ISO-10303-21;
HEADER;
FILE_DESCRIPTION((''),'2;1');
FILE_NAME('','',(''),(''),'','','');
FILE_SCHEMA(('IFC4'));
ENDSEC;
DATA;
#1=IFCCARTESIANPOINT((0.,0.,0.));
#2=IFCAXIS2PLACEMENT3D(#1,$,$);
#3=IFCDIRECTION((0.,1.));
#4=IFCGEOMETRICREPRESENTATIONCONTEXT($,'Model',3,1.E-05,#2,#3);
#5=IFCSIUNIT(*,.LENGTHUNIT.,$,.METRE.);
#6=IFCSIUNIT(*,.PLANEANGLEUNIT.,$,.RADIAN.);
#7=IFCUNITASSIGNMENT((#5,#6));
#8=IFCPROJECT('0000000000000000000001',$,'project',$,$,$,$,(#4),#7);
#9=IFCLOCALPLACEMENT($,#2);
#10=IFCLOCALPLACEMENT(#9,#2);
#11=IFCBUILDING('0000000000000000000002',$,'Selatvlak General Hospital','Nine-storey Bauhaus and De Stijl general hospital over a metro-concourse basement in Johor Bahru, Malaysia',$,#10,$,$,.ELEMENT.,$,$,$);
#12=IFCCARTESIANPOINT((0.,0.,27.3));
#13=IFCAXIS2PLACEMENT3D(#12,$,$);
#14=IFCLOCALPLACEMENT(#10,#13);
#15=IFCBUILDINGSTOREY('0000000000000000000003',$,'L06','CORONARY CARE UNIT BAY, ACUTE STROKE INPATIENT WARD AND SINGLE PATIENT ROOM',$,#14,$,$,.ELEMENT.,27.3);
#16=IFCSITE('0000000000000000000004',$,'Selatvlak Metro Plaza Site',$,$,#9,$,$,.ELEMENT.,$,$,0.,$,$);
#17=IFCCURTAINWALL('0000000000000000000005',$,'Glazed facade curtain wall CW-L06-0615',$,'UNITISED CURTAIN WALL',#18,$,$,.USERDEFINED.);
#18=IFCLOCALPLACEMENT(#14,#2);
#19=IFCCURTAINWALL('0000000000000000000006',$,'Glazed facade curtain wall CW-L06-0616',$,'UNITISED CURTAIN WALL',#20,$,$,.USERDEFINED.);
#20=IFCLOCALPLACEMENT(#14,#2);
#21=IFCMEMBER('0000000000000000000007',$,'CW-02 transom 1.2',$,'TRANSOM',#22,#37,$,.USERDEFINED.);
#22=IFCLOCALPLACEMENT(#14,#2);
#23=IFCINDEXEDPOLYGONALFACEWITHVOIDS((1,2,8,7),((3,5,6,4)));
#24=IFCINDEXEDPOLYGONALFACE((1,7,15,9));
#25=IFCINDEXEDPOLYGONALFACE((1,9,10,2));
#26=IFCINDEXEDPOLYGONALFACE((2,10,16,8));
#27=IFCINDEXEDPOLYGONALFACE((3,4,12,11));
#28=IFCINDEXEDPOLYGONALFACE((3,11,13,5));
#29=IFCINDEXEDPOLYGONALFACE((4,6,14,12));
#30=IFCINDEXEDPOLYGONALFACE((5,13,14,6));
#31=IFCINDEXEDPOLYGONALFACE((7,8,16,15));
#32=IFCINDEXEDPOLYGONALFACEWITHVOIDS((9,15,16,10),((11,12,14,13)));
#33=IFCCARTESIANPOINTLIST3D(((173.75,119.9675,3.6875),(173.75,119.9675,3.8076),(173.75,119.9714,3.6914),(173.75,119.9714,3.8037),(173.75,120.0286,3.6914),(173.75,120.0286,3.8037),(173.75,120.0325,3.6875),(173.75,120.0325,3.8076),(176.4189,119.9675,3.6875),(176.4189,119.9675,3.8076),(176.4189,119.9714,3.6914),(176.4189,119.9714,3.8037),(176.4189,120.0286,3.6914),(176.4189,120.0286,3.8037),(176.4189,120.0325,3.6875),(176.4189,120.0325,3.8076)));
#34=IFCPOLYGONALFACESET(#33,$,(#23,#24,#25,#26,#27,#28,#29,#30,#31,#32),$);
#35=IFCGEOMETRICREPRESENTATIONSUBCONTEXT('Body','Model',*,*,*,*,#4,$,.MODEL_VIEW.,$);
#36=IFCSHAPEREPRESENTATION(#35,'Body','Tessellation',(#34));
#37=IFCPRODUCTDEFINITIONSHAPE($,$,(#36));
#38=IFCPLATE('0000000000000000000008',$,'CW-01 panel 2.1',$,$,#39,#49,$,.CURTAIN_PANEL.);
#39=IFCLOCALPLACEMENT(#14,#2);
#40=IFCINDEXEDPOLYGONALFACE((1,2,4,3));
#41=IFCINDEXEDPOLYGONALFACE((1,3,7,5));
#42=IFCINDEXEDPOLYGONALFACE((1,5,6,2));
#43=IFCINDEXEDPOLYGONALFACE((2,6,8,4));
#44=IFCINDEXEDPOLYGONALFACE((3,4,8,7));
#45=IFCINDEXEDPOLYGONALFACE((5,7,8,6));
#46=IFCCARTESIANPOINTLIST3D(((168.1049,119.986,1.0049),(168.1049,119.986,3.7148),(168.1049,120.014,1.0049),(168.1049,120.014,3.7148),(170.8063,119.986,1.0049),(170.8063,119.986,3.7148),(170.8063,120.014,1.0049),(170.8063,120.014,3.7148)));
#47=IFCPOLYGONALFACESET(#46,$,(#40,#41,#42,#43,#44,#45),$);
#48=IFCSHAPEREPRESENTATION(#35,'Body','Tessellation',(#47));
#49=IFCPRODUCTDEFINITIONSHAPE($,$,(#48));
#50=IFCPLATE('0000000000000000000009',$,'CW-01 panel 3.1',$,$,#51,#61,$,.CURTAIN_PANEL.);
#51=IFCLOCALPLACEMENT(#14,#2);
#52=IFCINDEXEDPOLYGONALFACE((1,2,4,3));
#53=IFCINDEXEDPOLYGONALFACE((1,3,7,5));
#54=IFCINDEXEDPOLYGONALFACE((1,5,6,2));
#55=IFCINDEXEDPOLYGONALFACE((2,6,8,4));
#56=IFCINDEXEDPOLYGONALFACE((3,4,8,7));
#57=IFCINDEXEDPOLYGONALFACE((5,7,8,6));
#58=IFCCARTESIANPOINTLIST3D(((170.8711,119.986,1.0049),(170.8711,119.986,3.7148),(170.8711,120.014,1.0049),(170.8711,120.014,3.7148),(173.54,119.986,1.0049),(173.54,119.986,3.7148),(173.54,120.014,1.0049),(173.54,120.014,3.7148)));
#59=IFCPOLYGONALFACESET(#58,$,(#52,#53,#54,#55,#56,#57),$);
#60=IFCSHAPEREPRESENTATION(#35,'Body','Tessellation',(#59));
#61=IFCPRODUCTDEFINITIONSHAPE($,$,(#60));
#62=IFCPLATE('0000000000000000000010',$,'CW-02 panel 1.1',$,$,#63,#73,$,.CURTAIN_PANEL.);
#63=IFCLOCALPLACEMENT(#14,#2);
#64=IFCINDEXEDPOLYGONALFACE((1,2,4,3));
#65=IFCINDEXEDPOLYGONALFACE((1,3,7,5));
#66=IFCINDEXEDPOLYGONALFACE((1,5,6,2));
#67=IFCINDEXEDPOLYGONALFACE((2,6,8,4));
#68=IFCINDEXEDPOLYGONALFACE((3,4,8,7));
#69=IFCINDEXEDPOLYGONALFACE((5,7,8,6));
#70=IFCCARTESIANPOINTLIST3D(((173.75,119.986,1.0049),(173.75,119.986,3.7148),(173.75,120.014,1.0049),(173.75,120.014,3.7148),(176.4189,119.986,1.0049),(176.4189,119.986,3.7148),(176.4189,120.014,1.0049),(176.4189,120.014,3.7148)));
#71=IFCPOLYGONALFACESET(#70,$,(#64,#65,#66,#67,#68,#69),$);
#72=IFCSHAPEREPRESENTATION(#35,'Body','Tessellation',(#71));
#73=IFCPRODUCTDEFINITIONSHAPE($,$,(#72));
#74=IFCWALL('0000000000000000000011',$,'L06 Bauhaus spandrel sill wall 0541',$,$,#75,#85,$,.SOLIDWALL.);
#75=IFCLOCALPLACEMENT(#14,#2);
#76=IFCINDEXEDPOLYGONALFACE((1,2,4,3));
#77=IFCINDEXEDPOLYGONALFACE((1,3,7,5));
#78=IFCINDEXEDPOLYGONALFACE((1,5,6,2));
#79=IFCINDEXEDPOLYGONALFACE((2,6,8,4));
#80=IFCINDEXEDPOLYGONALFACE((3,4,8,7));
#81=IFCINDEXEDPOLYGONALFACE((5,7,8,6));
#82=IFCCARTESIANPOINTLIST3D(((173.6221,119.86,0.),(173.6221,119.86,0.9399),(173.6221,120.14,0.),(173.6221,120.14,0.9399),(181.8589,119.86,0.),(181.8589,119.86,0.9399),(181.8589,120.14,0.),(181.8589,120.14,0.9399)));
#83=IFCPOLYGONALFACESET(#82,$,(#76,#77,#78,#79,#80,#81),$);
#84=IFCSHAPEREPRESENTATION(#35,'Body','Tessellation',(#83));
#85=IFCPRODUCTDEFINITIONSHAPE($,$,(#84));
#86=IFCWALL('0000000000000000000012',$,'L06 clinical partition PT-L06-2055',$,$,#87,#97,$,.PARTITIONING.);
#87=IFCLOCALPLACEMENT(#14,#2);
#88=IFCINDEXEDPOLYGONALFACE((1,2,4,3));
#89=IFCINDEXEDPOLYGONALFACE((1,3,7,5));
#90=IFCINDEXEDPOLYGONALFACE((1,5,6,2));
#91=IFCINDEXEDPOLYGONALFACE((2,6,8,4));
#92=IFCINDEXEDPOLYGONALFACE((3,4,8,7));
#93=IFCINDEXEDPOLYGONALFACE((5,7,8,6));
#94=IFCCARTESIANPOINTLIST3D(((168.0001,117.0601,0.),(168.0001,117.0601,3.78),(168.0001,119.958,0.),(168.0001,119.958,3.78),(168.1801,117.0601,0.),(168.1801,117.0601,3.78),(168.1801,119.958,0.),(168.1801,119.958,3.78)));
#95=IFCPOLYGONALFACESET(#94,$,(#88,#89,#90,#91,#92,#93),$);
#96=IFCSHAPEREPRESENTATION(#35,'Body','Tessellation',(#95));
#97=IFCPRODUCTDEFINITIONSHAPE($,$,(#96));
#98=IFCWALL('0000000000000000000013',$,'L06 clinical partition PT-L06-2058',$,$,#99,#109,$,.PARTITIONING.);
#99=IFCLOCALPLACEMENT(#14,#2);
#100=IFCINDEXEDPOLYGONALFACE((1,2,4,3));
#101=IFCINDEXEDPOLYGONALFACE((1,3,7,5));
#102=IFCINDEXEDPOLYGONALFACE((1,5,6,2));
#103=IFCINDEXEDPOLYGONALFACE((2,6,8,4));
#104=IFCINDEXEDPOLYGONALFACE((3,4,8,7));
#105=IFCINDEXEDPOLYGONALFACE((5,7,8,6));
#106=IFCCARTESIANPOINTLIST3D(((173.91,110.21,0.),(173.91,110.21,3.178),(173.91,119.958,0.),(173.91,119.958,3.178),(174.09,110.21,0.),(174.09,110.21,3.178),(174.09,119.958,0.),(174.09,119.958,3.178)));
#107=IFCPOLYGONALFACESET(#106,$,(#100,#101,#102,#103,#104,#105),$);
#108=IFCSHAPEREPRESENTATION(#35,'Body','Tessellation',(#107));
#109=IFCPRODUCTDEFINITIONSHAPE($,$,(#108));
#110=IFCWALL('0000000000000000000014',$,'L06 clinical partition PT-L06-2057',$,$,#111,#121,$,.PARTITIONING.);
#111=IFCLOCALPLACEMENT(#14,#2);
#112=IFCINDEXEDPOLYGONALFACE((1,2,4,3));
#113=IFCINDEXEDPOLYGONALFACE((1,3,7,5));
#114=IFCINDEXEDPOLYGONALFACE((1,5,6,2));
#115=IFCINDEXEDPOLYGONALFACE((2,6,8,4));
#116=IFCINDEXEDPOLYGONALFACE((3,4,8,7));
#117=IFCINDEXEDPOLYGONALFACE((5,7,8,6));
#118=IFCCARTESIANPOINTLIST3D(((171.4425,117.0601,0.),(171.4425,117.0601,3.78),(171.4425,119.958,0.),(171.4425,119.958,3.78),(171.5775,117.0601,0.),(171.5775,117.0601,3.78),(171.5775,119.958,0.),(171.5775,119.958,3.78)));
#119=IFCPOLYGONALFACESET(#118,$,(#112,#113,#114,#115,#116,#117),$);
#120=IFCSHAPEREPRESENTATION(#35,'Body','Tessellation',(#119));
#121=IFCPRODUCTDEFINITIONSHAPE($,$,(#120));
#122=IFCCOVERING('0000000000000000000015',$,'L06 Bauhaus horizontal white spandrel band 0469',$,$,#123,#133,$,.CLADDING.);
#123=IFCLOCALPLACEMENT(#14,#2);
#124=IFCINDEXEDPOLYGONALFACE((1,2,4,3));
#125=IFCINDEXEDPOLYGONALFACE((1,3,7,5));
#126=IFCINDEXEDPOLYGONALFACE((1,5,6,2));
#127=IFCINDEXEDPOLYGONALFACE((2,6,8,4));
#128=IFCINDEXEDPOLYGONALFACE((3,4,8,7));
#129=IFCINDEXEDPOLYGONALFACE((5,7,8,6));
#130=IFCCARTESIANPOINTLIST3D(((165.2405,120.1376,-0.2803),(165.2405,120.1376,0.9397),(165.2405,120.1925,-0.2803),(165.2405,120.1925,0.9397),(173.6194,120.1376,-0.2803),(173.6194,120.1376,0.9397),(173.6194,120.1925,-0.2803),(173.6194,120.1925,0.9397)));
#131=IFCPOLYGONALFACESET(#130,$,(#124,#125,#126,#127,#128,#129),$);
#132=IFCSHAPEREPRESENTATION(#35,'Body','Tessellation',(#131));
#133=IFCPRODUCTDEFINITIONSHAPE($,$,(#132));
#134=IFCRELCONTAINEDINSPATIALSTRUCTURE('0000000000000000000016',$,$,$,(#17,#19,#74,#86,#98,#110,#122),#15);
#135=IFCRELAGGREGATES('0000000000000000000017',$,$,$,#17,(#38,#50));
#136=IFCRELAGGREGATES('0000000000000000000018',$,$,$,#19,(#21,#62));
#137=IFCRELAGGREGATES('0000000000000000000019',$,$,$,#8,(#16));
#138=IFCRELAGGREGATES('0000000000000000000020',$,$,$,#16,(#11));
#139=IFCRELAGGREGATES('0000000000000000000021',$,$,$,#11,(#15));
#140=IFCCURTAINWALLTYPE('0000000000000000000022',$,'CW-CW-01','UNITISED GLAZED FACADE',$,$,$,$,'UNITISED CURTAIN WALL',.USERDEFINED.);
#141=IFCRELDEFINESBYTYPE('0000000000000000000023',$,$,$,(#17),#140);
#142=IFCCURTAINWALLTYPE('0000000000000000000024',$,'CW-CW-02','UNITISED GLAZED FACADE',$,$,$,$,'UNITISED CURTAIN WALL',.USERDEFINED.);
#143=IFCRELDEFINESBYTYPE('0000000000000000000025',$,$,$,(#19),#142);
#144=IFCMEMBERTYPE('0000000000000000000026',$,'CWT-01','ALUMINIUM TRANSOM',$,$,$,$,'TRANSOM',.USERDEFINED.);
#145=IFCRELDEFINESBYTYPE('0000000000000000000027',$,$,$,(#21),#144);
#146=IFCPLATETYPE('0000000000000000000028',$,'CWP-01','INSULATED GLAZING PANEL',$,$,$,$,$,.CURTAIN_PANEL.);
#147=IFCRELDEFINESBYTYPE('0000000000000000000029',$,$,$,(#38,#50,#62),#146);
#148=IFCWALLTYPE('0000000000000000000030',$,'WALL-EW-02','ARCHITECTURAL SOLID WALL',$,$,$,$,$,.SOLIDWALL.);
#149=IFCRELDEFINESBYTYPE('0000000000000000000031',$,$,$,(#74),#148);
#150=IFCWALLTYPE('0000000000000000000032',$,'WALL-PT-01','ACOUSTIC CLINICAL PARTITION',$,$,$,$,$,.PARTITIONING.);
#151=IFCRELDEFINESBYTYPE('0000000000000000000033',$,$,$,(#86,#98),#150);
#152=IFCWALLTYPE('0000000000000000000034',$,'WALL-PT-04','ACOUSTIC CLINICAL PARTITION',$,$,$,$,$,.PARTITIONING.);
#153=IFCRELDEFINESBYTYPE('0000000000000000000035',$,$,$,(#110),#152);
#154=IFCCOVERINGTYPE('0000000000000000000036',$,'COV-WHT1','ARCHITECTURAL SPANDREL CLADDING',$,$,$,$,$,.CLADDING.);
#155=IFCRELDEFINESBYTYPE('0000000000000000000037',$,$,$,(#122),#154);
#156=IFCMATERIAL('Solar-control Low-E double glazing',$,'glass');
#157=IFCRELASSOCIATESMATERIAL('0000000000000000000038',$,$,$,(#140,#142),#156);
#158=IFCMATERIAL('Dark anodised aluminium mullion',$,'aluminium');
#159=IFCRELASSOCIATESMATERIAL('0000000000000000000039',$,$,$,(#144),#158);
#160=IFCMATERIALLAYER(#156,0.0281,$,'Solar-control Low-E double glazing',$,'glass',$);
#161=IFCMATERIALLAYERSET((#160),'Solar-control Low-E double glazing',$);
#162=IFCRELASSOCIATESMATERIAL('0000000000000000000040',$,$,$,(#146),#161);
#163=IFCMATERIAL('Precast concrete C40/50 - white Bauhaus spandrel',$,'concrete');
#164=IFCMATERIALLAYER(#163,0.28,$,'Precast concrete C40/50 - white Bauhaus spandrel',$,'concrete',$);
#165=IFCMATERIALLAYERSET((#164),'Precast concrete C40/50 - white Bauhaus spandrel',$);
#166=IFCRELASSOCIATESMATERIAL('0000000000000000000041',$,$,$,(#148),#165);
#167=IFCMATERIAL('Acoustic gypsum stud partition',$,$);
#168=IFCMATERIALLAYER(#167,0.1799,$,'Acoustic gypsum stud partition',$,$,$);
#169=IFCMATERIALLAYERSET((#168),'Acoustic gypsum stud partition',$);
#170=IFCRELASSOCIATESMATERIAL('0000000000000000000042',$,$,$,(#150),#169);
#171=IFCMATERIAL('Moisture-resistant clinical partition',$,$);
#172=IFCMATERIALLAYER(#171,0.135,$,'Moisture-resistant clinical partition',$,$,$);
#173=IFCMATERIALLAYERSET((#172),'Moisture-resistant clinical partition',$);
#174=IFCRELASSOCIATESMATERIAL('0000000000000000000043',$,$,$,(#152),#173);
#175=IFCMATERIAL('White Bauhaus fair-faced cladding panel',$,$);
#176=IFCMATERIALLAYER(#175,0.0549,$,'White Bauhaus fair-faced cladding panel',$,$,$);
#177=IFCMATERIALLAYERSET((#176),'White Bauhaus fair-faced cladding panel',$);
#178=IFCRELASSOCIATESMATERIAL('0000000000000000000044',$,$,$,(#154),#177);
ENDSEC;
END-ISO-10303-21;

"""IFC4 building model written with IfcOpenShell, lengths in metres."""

from ifc_helpers import new_model, si_unit, direction, frame, frame_2d, origin, origin_2d, place, context, subcontext, project, spatial, rectangle, hollow_rectangle, extrude, material, layer, layer_set, material_profile, profile_set, type_object, element, aggregate, save


model = new_model("IFC4")

# Units and contexts
model_context = context("Model", 3, precision=1e-05, world=origin(), true_north=direction((0.0, 1.0)))
body_context = subcontext(model_context, "Body", "Model", "MODEL_VIEW")
ifc_project = project(units=[si_unit("LENGTHUNIT", "METRE"), si_unit("PLANEANGLEUNIT", "RADIAN")], contexts=[model_context])

# Site, building, storey
site_placement = place(None, origin())
site = spatial("IfcSite", under=ifc_project, at=site_placement, Name="Selatvlak Metro Plaza Site", CompositionType="ELEMENT", RefElevation=0.0)
building_placement = place(site_placement, origin())
building = spatial("IfcBuilding", under=site, at=building_placement, Name="Selatvlak General Hospital", Description="Nine-storey Bauhaus and De Stijl general hospital over a metro-concourse basement in Johor Bahru, Malaysia", CompositionType="ELEMENT")
storey_placement = place(building_placement, frame((0.0, 0.0, 27.3)))
storey = spatial("IfcBuildingStorey", under=building, at=storey_placement, Name="L06", Description="CORONARY CARE UNIT BAY, ACUTE STROKE INPATIENT WARD AND SINGLE PATIENT ROOM", CompositionType="ELEMENT", Elevation=27.3)

# Curtain walls
ifc_material_1 = material(Name="Solar-control Low-E double glazing", Category="glass")
curtain_wall_type_1 = type_object("IfcCurtainWallType", Name="CW-CW-01", Description="UNITISED GLAZED FACADE", ElementType="UNITISED CURTAIN WALL", PredefinedType="USERDEFINED", material=ifc_material_1)
curtain_wall_1_placement = place(storey_placement, origin())
curtain_wall_1 = element("IfcCurtainWall", 1, at=curtain_wall_1_placement, inside=storey, type_object=curtain_wall_type_1, Name="Glazed facade curtain wall CW-L06-0615", ObjectType="UNITISED CURTAIN WALL", PredefinedType="USERDEFINED")
ifc_material_2 = material(Name="Dark anodised aluminium mullion", Category="aluminium")
curtain_wall_type_2 = type_object("IfcCurtainWallType", Name="CW-CW-02", Description="UNITISED GLAZED FACADE", ElementType="UNITISED CURTAIN WALL", PredefinedType="USERDEFINED", material=ifc_material_1)
curtain_wall_2_placement = place(storey_placement, origin())
curtain_wall_2 = element("IfcCurtainWall", 2, at=curtain_wall_2_placement, inside=storey, type_object=curtain_wall_type_2, Name="Glazed facade curtain wall CW-L06-0616", ObjectType="UNITISED CURTAIN WALL", PredefinedType="USERDEFINED")

# Member
ifc_material_profile_1 = material_profile(ifc_material_2, hollow_rectangle(XDim=0.0649, YDim=0.1201, WallThickness=0.0039, at=origin_2d()), Name="AL-TRN 65x120x4")
ifc_profile_set_1 = profile_set([ifc_material_profile_1], Name="Dark anodised aluminium mullion")
member_type_1 = type_object("IfcMemberType", Name="CWT-01", Description="ALUMINIUM TRANSOM", ElementType="TRANSOM", PredefinedType="USERDEFINED", material=ifc_profile_set_1)
member_1_placement = place(storey_placement, frame((173.75, 120.0, 3.7476), z_axis=(1.0, 0.0, 0.0), x_axis=(0.0, 1.0, 0.0)))
member_1 = element("IfcMember", 3, at=member_1_placement, type_object=member_type_1, Name="CW-02 transom 1.2", ObjectType="TRANSOM", PredefinedType="USERDEFINED", context=body_context, shape_type="SweptSolid", body=[
    extrude(hollow_rectangle(XDim=0.0649, YDim=0.1201, WallThickness=0.0039, at=origin_2d()), origin(), (0.0, 0.0, 1.0), 2.6689),
])

# Plates
ifc_layer_1 = layer(ifc_material_1, 0.0281, Name="Solar-control Low-E double glazing", Category="glass")
ifc_layer_set_1 = layer_set([ifc_layer_1], Name="Solar-control Low-E double glazing")
plate_type = type_object("IfcPlateType", Name="CWP-01", Description="INSULATED GLAZING PANEL", PredefinedType="CURTAIN_PANEL", material=ifc_layer_set_1)
plate_1_placement = place(storey_placement, frame((169.4556, 120.0, 1.0049), z_axis=(0.0, 0.0, 1.0), x_axis=(1.0, 0.0, 0.0)))
plate_1 = element("IfcPlate", 4, at=plate_1_placement, type_object=plate_type, Name="CW-01 panel 2.1", PredefinedType="CURTAIN_PANEL", context=body_context, shape_type="SweptSolid", body=[
    extrude(rectangle(XDim=2.7014, YDim=0.0281, at=origin_2d()), origin(), (0.0, 0.0, 1.0), 2.71),
])
plate_2_placement = place(storey_placement, frame((172.2056, 120.0, 1.0049), z_axis=(0.0, 0.0, 1.0), x_axis=(1.0, 0.0, 0.0)))
plate_2 = element("IfcPlate", 5, at=plate_2_placement, type_object=plate_type, Name="CW-01 panel 3.1", PredefinedType="CURTAIN_PANEL", context=body_context, shape_type="SweptSolid", body=[
    extrude(rectangle(XDim=2.6689, YDim=0.0281, at=origin_2d()), origin(), (0.0, 0.0, 1.0), 2.71),
])
aggregate(curtain_wall_1, [plate_1, plate_2])
plate_3_placement = place(storey_placement, frame((175.0845, 120.0, 1.0049), z_axis=(0.0, 0.0, 1.0), x_axis=(1.0, 0.0, 0.0)))
plate_3 = element("IfcPlate", 6, at=plate_3_placement, type_object=plate_type, Name="CW-02 panel 1.1", PredefinedType="CURTAIN_PANEL", context=body_context, shape_type="SweptSolid", body=[
    extrude(rectangle(XDim=2.6689, YDim=0.0281, at=origin_2d()), origin(), (0.0, 0.0, 1.0), 2.71),
])
aggregate(curtain_wall_2, [member_1, plate_3])

# Walls
ifc_material_3 = material(Name="Precast concrete C40/50 - white Bauhaus spandrel", Category="concrete")
ifc_layer_2 = layer(ifc_material_3, 0.28, Name="Precast concrete C40/50 - white Bauhaus spandrel", Category="concrete")
ifc_layer_set_2 = layer_set([ifc_layer_2], Name="Precast concrete C40/50 - white Bauhaus spandrel")
wall_type_1 = type_object("IfcWallType", Name="WALL-EW-02", Description="ARCHITECTURAL SOLID WALL", PredefinedType="SOLIDWALL", material=ifc_layer_set_2)
wall_1_placement = place(storey_placement, frame((173.6221, 120.0, 0.0), z_axis=(0.0, 0.0, 1.0), x_axis=(1.0, 0.0, 0.0)))
element("IfcWall", 7, at=wall_1_placement, inside=storey, type_object=wall_type_1, Name="L06 Bauhaus spandrel sill wall 0541", PredefinedType="SOLIDWALL", context=body_context, shape_type="SweptSolid", body=[
    extrude(rectangle(XDim=8.2368, YDim=0.28, at=frame_2d((4.1184, 0.0))), origin(), (0.0, 0.0, 1.0), 0.9399),
])
ifc_material_4 = material(Name="Acoustic gypsum stud partition")
ifc_layer_3 = layer(ifc_material_4, 0.1799, Name="Acoustic gypsum stud partition")
ifc_layer_set_3 = layer_set([ifc_layer_3], Name="Acoustic gypsum stud partition")
wall_type_2 = type_object("IfcWallType", Name="WALL-PT-01", Description="ACOUSTIC CLINICAL PARTITION", PredefinedType="PARTITIONING", material=ifc_layer_set_3)
wall_2_placement = place(storey_placement, frame((168.0901, 119.958, 0.0), z_axis=(0.0, 0.0, 1.0), x_axis=(0.0, -1.0, 0.0)))
element("IfcWall", 8, at=wall_2_placement, inside=storey, type_object=wall_type_2, Name="L06 clinical partition PT-L06-2055", PredefinedType="PARTITIONING", context=body_context, shape_type="SweptSolid", body=[
    extrude(rectangle(XDim=2.8979, YDim=0.1799, at=frame_2d((1.449, 0.0))), origin(), (0.0, 0.0, 1.0), 3.78),
])
wall_3_placement = place(storey_placement, frame((174.0, 119.958, 0.0), z_axis=(0.0, 0.0, 1.0), x_axis=(0.0, -1.0, 0.0)))
element("IfcWall", 9, at=wall_3_placement, inside=storey, type_object=wall_type_2, Name="L06 clinical partition PT-L06-2058", PredefinedType="PARTITIONING", context=body_context, shape_type="SweptSolid", body=[
    extrude(rectangle(XDim=9.748, YDim=0.1799, at=frame_2d((4.874, 0.0))), origin(), (0.0, 0.0, 1.0), 3.178),
])

# Wall
ifc_material_5 = material(Name="Moisture-resistant clinical partition")
ifc_layer_4 = layer(ifc_material_5, 0.135, Name="Moisture-resistant clinical partition")
ifc_layer_set_4 = layer_set([ifc_layer_4], Name="Moisture-resistant clinical partition")
wall_type_3 = type_object("IfcWallType", Name="WALL-PT-04", Description="ACOUSTIC CLINICAL PARTITION", PredefinedType="PARTITIONING", material=ifc_layer_set_4)
wall_4_placement = place(storey_placement, frame((171.51, 117.0601, 0.0), z_axis=(0.0, 0.0, 1.0), x_axis=(0.0, 1.0, 0.0)))
element("IfcWall", 10, at=wall_4_placement, inside=storey, type_object=wall_type_3, Name="L06 clinical partition PT-L06-2057", PredefinedType="PARTITIONING", context=body_context, shape_type="SweptSolid", body=[
    extrude(rectangle(XDim=2.8979, YDim=0.135, at=frame_2d((1.449, 0.0))), origin(), (0.0, 0.0, 1.0), 3.78),
])

# Covering
ifc_material_6 = material(Name="White Bauhaus fair-faced cladding panel")
ifc_layer_5 = layer(ifc_material_6, 0.0549, Name="White Bauhaus fair-faced cladding panel")
ifc_layer_set_5 = layer_set([ifc_layer_5], Name="White Bauhaus fair-faced cladding panel")
covering_type = type_object("IfcCoveringType", Name="COV-WHT1", Description="ARCHITECTURAL SPANDREL CLADDING", PredefinedType="CLADDING", material=ifc_layer_set_5)
covering_placement = place(storey_placement, frame((169.4299, 120.165, -0.2803), z_axis=(0.0, 0.0, 1.0), x_axis=(1.0, 0.0, 0.0)))
element("IfcCovering", 11, at=covering_placement, inside=storey, type_object=covering_type, Name="L06 Bauhaus horizontal white spandrel band 0469", PredefinedType="CLADDING", context=body_context, shape_type="SweptSolid", body=[
    extrude(rectangle(XDim=8.3789, YDim=0.0549, at=origin_2d()), origin(), (0.0, 0.0, 1.0), 1.22),
])

save(model, "model.ifc")
